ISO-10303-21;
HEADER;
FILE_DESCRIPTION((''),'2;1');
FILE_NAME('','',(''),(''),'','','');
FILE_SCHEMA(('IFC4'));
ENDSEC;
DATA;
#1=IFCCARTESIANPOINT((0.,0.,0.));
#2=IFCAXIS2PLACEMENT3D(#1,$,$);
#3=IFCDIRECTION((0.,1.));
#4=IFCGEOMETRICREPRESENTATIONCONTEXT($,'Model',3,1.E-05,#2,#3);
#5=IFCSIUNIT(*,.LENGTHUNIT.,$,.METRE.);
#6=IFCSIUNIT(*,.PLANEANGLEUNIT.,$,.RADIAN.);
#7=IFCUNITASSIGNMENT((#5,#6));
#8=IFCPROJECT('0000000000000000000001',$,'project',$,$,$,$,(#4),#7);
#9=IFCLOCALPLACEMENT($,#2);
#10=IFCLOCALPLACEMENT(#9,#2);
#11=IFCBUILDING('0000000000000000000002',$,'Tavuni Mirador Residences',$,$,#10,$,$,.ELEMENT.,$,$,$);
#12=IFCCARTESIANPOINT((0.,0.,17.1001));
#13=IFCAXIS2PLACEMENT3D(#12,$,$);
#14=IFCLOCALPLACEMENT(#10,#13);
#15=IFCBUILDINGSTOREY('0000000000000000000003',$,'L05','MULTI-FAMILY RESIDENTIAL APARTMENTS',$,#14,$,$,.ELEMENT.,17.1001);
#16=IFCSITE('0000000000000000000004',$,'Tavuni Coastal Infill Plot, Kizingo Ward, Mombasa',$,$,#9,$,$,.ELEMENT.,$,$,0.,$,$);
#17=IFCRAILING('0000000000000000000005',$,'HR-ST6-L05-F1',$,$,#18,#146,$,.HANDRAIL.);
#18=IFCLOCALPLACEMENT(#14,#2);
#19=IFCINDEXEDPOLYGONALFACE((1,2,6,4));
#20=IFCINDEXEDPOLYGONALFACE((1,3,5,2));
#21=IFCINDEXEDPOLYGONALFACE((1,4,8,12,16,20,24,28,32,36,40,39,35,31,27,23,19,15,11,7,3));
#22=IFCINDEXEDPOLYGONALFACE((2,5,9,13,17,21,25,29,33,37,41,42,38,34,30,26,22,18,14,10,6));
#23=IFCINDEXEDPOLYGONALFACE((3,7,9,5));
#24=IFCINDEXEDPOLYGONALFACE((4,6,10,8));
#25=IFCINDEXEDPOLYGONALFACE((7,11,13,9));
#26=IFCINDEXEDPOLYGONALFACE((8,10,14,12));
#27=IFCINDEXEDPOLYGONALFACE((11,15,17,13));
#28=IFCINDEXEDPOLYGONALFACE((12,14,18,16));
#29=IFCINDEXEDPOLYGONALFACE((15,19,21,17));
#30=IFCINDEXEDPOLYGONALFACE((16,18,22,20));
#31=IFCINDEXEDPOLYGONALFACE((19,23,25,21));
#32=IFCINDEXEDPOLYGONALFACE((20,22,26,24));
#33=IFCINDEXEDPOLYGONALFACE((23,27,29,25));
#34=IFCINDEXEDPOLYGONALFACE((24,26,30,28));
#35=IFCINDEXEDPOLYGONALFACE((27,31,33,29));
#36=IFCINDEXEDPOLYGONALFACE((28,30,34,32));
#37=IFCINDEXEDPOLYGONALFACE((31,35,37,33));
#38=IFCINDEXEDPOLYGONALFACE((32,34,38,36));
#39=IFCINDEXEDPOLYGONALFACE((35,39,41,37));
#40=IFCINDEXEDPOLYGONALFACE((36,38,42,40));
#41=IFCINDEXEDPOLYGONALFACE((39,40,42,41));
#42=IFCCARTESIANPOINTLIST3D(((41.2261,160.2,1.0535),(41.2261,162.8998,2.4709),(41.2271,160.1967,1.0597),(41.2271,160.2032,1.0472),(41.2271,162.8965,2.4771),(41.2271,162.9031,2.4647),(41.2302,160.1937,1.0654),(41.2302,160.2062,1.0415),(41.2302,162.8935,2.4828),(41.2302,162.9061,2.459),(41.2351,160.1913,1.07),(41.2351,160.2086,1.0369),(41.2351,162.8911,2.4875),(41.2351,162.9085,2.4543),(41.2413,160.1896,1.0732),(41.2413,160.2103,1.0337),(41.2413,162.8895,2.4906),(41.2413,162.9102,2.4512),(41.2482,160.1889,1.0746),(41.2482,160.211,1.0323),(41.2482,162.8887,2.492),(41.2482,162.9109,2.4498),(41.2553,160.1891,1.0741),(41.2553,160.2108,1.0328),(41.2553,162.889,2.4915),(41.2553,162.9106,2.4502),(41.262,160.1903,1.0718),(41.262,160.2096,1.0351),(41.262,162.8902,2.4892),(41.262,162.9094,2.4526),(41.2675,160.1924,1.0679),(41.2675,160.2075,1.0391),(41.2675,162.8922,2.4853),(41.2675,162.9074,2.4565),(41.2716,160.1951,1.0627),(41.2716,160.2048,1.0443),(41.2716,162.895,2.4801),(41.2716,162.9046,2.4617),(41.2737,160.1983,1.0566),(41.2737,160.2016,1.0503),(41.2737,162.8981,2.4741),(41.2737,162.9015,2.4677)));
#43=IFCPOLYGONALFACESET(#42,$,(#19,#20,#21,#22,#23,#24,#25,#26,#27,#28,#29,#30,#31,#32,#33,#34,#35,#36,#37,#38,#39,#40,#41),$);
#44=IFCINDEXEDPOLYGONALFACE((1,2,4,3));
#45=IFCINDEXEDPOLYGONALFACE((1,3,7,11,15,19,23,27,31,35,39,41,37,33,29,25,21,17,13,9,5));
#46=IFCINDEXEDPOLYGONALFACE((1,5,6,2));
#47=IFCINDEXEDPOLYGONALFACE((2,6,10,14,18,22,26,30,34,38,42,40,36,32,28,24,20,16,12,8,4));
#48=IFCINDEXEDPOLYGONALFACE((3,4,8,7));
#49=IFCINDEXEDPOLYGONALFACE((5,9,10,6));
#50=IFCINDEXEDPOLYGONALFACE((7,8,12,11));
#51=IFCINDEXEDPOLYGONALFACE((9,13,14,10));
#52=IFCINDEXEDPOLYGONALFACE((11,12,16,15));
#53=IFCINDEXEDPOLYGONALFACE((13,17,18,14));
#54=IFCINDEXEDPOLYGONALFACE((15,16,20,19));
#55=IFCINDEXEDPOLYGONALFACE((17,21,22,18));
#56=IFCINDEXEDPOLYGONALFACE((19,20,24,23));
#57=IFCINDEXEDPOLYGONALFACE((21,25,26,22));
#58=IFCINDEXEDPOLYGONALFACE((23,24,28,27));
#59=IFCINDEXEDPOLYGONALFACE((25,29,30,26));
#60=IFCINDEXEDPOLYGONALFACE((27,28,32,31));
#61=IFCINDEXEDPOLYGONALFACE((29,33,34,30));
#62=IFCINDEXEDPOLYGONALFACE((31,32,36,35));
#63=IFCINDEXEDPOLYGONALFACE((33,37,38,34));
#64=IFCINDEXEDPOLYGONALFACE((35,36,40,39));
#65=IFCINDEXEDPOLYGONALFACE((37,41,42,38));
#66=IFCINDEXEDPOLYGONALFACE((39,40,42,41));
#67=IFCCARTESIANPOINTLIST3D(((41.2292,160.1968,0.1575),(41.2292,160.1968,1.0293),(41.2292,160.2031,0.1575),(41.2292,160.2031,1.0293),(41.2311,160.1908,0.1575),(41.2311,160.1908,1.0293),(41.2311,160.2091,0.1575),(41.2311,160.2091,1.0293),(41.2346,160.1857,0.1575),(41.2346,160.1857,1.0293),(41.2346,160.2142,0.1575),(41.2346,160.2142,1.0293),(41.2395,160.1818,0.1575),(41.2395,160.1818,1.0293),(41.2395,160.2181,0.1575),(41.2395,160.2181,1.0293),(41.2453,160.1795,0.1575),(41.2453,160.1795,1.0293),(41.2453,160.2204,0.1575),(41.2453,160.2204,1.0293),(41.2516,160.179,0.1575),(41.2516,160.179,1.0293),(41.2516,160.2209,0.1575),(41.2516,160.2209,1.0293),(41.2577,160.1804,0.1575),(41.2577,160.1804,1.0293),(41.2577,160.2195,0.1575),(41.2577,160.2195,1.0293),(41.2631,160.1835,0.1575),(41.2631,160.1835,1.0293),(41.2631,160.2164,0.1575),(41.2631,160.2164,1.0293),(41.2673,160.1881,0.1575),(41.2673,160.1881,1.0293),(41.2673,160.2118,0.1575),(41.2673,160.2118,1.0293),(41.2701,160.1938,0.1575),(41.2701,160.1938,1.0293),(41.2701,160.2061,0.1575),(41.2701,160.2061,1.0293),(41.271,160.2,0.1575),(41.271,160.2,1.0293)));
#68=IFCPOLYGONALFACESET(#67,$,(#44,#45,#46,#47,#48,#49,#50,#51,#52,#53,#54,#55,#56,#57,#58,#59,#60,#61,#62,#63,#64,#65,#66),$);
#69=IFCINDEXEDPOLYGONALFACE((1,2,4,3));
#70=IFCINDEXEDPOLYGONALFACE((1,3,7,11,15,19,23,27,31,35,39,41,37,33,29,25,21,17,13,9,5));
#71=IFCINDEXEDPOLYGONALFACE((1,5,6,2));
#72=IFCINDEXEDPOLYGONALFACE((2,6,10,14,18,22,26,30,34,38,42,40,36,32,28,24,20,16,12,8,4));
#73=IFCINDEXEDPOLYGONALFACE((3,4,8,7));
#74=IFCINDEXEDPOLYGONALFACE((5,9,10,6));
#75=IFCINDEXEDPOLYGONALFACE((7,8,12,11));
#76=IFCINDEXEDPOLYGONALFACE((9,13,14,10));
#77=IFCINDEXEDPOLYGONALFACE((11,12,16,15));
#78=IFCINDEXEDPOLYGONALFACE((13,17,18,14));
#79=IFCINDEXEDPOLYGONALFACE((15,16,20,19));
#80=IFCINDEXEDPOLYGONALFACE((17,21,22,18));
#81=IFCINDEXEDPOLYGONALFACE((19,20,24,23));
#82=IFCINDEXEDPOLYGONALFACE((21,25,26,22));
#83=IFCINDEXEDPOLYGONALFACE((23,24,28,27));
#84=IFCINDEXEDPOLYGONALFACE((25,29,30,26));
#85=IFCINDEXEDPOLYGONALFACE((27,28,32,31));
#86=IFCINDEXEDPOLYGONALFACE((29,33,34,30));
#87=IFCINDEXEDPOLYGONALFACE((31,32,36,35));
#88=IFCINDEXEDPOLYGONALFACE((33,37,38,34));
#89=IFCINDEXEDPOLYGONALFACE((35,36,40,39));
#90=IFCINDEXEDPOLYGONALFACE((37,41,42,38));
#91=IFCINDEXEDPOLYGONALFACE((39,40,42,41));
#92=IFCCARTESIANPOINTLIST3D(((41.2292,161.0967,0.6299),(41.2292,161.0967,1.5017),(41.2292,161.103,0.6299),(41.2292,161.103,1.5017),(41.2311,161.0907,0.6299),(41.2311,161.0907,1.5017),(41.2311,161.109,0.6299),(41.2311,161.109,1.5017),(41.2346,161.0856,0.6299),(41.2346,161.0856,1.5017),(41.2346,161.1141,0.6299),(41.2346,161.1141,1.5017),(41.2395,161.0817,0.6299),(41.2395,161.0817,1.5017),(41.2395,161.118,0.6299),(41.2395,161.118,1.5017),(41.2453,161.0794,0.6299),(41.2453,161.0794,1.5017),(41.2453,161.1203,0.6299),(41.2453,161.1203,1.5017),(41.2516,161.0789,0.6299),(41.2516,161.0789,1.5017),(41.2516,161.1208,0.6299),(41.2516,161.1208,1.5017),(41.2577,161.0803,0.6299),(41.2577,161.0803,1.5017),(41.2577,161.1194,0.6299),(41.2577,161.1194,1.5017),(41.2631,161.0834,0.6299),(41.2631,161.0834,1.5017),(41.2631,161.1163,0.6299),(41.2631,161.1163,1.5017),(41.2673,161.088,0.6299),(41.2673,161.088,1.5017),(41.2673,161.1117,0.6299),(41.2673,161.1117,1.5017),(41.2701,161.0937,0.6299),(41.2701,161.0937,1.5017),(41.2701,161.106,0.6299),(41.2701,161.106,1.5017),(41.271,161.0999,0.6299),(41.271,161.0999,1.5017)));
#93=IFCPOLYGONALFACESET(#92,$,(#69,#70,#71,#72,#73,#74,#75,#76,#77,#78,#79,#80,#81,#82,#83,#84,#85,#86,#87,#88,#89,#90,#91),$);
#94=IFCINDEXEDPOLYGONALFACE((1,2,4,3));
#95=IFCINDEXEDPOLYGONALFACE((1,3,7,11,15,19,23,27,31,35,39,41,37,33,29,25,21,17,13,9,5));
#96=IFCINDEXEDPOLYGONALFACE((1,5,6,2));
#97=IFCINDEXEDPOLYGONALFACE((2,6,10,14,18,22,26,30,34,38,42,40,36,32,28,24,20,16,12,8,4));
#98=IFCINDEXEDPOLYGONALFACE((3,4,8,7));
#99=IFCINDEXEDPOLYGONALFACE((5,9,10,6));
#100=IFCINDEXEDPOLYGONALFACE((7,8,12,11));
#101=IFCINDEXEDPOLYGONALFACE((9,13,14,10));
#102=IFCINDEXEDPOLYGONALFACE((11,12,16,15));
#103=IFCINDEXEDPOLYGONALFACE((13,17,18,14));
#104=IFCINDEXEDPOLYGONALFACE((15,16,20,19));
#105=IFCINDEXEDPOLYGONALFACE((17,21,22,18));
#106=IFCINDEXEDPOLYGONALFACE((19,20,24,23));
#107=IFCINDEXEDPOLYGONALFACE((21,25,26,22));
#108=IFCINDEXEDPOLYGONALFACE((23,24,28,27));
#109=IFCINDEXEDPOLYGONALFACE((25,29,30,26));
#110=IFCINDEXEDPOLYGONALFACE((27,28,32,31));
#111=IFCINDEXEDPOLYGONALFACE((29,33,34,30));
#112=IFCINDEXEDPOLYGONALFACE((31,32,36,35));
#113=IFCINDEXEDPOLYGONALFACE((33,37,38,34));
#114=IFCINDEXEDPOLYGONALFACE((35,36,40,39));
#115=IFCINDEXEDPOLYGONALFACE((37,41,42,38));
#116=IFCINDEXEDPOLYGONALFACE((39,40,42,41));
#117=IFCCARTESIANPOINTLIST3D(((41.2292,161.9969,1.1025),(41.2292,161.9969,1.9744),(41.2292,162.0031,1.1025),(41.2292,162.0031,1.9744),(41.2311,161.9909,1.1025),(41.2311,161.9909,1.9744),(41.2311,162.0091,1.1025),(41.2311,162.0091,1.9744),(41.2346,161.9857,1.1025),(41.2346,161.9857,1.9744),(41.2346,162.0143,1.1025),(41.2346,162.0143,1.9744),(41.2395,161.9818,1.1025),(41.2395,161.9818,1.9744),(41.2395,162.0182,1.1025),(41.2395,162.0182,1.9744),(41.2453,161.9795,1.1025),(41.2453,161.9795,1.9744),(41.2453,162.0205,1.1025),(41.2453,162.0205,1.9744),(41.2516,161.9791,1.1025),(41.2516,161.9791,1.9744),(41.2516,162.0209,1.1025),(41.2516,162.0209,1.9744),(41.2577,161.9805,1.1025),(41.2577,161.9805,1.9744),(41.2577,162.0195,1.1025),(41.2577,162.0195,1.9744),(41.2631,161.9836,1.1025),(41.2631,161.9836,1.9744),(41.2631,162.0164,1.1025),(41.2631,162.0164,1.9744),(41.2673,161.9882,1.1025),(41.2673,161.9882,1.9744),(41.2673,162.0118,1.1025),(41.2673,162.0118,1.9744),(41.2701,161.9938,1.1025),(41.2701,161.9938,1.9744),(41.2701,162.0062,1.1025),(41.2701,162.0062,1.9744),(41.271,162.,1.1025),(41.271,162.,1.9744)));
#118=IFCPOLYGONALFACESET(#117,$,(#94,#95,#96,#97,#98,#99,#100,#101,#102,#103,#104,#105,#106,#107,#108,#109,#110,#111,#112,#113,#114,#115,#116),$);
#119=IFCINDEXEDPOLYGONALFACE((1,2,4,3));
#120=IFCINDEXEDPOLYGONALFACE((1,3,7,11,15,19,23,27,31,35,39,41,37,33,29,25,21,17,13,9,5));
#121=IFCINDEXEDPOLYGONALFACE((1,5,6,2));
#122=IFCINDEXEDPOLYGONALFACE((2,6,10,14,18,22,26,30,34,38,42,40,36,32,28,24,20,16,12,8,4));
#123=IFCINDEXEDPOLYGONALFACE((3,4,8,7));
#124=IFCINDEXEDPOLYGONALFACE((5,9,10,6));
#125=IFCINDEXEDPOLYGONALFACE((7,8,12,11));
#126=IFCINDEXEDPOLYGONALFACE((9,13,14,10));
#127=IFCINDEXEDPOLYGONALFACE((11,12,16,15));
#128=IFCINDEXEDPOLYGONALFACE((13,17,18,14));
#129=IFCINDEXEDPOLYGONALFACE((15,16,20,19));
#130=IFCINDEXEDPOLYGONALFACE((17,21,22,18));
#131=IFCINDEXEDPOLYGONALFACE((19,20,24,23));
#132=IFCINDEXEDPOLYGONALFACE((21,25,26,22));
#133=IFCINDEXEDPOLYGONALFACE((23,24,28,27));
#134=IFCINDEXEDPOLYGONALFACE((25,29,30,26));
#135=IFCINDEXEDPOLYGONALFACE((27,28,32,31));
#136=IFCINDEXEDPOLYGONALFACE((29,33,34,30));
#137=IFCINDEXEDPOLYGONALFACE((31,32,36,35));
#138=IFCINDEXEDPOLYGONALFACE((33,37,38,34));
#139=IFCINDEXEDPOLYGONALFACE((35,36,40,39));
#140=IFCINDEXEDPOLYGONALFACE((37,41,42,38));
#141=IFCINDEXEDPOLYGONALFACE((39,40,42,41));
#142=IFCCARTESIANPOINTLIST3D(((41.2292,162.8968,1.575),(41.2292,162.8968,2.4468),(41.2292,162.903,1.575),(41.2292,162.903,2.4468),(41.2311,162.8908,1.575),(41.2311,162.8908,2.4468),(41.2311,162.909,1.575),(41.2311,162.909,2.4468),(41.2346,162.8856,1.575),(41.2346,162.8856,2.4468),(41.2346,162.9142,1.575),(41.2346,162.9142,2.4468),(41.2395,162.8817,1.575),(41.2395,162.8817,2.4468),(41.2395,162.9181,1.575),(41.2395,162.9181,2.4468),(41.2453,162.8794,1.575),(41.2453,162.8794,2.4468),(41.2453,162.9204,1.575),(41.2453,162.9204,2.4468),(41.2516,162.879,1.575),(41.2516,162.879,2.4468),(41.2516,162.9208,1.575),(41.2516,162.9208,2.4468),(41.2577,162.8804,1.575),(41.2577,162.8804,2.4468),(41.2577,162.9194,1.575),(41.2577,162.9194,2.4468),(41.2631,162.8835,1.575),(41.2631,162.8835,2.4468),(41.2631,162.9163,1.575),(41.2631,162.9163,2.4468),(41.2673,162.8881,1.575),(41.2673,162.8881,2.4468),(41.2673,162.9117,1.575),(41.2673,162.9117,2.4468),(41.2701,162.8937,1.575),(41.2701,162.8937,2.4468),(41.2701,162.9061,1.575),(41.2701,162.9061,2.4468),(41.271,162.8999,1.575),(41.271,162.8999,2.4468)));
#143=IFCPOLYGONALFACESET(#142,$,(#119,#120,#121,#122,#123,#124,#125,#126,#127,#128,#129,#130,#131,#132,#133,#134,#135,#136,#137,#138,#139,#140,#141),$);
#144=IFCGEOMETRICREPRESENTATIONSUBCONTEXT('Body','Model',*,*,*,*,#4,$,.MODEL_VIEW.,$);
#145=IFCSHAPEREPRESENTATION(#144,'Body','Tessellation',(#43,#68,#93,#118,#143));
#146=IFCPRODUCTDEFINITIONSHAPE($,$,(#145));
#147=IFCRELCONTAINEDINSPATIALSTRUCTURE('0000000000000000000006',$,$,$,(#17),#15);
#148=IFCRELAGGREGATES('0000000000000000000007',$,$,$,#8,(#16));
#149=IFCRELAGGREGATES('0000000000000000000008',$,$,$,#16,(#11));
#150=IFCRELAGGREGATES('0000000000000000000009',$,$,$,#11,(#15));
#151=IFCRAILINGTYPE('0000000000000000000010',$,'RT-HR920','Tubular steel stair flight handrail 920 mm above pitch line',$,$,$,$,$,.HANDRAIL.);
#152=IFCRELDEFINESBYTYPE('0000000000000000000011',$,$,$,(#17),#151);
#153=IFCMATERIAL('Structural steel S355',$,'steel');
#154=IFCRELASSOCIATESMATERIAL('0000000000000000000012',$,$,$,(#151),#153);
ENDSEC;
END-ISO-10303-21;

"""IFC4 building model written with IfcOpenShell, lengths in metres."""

from ifc_helpers import new_model, si_unit, direction, frame, origin, origin_2d, place, context, subcontext, project, spatial, circle, extrude, material, type_object, element, save


model = new_model("IFC4")

# Units and contexts
model_context = context("Model", 3, precision=1e-05, world=origin(), true_north=direction((0.0, 1.0)))
body_context = subcontext(model_context, "Body", "Model", "MODEL_VIEW")
ifc_project = project(units=[si_unit("LENGTHUNIT", "METRE"), si_unit("PLANEANGLEUNIT", "RADIAN")], contexts=[model_context])

# Site, building, storey
site_placement = place(None, origin())
site = spatial("IfcSite", under=ifc_project, at=site_placement, Name="Tavuni Coastal Infill Plot, Kizingo Ward, Mombasa", CompositionType="ELEMENT", RefElevation=0.0)
building_placement = place(site_placement, origin())
building = spatial("IfcBuilding", under=site, at=building_placement, Name="Tavuni Mirador Residences", CompositionType="ELEMENT")
storey_placement = place(building_placement, frame((0.0, 0.0, 17.1001)))
storey = spatial("IfcBuildingStorey", under=building, at=storey_placement, Name="L05", Description="MULTI-FAMILY RESIDENTIAL APARTMENTS", CompositionType="ELEMENT", Elevation=17.1001)

# Shared definitions
ifc_material_1 = material(Name="Structural steel S355", Category="steel")

# Railing
railing_type_1 = type_object("IfcRailingType", Name="RT-HR920", Description="Tubular steel stair flight handrail 920 mm above pitch line", PredefinedType="HANDRAIL", material=ifc_material_1)
railing_1_placement = place(storey_placement, frame((41.25, 160.2, 0.1575)))
element("IfcRailing", 1, at=railing_1_placement, inside=storey, type_object=railing_type_1, Name="HR-ST6-L05-F1", PredefinedType="HANDRAIL", context=body_context, shape_type="SweptSolid", body=[
    extrude(circle(Radius=0.0239, at=origin_2d()), frame((0.0, 0.0, 0.896), z_axis=(0.0, 0.885397, 0.464835), x_axis=(-1.0, 0.0, 0.0)), (0.0, 0.0, 1.0), 3.0493),
    extrude(circle(Radius=0.021, at=origin_2d()), origin(), (0.0, 0.0, 1.0), 0.8718),
    extrude(circle(Radius=0.021, at=origin_2d()), frame((0.0, 0.8999, 0.4724)), (0.0, 0.0, 1.0), 0.8718),
    extrude(circle(Radius=0.021, at=origin_2d()), frame((0.0, 1.8, 0.9451)), (0.0, 0.0, 1.0), 0.8718),
    extrude(circle(Radius=0.021, at=origin_2d()), frame((0.0, 2.7, 1.4175)), (0.0, 0.0, 1.0), 0.8718),
])

save(model, "model.ifc")
